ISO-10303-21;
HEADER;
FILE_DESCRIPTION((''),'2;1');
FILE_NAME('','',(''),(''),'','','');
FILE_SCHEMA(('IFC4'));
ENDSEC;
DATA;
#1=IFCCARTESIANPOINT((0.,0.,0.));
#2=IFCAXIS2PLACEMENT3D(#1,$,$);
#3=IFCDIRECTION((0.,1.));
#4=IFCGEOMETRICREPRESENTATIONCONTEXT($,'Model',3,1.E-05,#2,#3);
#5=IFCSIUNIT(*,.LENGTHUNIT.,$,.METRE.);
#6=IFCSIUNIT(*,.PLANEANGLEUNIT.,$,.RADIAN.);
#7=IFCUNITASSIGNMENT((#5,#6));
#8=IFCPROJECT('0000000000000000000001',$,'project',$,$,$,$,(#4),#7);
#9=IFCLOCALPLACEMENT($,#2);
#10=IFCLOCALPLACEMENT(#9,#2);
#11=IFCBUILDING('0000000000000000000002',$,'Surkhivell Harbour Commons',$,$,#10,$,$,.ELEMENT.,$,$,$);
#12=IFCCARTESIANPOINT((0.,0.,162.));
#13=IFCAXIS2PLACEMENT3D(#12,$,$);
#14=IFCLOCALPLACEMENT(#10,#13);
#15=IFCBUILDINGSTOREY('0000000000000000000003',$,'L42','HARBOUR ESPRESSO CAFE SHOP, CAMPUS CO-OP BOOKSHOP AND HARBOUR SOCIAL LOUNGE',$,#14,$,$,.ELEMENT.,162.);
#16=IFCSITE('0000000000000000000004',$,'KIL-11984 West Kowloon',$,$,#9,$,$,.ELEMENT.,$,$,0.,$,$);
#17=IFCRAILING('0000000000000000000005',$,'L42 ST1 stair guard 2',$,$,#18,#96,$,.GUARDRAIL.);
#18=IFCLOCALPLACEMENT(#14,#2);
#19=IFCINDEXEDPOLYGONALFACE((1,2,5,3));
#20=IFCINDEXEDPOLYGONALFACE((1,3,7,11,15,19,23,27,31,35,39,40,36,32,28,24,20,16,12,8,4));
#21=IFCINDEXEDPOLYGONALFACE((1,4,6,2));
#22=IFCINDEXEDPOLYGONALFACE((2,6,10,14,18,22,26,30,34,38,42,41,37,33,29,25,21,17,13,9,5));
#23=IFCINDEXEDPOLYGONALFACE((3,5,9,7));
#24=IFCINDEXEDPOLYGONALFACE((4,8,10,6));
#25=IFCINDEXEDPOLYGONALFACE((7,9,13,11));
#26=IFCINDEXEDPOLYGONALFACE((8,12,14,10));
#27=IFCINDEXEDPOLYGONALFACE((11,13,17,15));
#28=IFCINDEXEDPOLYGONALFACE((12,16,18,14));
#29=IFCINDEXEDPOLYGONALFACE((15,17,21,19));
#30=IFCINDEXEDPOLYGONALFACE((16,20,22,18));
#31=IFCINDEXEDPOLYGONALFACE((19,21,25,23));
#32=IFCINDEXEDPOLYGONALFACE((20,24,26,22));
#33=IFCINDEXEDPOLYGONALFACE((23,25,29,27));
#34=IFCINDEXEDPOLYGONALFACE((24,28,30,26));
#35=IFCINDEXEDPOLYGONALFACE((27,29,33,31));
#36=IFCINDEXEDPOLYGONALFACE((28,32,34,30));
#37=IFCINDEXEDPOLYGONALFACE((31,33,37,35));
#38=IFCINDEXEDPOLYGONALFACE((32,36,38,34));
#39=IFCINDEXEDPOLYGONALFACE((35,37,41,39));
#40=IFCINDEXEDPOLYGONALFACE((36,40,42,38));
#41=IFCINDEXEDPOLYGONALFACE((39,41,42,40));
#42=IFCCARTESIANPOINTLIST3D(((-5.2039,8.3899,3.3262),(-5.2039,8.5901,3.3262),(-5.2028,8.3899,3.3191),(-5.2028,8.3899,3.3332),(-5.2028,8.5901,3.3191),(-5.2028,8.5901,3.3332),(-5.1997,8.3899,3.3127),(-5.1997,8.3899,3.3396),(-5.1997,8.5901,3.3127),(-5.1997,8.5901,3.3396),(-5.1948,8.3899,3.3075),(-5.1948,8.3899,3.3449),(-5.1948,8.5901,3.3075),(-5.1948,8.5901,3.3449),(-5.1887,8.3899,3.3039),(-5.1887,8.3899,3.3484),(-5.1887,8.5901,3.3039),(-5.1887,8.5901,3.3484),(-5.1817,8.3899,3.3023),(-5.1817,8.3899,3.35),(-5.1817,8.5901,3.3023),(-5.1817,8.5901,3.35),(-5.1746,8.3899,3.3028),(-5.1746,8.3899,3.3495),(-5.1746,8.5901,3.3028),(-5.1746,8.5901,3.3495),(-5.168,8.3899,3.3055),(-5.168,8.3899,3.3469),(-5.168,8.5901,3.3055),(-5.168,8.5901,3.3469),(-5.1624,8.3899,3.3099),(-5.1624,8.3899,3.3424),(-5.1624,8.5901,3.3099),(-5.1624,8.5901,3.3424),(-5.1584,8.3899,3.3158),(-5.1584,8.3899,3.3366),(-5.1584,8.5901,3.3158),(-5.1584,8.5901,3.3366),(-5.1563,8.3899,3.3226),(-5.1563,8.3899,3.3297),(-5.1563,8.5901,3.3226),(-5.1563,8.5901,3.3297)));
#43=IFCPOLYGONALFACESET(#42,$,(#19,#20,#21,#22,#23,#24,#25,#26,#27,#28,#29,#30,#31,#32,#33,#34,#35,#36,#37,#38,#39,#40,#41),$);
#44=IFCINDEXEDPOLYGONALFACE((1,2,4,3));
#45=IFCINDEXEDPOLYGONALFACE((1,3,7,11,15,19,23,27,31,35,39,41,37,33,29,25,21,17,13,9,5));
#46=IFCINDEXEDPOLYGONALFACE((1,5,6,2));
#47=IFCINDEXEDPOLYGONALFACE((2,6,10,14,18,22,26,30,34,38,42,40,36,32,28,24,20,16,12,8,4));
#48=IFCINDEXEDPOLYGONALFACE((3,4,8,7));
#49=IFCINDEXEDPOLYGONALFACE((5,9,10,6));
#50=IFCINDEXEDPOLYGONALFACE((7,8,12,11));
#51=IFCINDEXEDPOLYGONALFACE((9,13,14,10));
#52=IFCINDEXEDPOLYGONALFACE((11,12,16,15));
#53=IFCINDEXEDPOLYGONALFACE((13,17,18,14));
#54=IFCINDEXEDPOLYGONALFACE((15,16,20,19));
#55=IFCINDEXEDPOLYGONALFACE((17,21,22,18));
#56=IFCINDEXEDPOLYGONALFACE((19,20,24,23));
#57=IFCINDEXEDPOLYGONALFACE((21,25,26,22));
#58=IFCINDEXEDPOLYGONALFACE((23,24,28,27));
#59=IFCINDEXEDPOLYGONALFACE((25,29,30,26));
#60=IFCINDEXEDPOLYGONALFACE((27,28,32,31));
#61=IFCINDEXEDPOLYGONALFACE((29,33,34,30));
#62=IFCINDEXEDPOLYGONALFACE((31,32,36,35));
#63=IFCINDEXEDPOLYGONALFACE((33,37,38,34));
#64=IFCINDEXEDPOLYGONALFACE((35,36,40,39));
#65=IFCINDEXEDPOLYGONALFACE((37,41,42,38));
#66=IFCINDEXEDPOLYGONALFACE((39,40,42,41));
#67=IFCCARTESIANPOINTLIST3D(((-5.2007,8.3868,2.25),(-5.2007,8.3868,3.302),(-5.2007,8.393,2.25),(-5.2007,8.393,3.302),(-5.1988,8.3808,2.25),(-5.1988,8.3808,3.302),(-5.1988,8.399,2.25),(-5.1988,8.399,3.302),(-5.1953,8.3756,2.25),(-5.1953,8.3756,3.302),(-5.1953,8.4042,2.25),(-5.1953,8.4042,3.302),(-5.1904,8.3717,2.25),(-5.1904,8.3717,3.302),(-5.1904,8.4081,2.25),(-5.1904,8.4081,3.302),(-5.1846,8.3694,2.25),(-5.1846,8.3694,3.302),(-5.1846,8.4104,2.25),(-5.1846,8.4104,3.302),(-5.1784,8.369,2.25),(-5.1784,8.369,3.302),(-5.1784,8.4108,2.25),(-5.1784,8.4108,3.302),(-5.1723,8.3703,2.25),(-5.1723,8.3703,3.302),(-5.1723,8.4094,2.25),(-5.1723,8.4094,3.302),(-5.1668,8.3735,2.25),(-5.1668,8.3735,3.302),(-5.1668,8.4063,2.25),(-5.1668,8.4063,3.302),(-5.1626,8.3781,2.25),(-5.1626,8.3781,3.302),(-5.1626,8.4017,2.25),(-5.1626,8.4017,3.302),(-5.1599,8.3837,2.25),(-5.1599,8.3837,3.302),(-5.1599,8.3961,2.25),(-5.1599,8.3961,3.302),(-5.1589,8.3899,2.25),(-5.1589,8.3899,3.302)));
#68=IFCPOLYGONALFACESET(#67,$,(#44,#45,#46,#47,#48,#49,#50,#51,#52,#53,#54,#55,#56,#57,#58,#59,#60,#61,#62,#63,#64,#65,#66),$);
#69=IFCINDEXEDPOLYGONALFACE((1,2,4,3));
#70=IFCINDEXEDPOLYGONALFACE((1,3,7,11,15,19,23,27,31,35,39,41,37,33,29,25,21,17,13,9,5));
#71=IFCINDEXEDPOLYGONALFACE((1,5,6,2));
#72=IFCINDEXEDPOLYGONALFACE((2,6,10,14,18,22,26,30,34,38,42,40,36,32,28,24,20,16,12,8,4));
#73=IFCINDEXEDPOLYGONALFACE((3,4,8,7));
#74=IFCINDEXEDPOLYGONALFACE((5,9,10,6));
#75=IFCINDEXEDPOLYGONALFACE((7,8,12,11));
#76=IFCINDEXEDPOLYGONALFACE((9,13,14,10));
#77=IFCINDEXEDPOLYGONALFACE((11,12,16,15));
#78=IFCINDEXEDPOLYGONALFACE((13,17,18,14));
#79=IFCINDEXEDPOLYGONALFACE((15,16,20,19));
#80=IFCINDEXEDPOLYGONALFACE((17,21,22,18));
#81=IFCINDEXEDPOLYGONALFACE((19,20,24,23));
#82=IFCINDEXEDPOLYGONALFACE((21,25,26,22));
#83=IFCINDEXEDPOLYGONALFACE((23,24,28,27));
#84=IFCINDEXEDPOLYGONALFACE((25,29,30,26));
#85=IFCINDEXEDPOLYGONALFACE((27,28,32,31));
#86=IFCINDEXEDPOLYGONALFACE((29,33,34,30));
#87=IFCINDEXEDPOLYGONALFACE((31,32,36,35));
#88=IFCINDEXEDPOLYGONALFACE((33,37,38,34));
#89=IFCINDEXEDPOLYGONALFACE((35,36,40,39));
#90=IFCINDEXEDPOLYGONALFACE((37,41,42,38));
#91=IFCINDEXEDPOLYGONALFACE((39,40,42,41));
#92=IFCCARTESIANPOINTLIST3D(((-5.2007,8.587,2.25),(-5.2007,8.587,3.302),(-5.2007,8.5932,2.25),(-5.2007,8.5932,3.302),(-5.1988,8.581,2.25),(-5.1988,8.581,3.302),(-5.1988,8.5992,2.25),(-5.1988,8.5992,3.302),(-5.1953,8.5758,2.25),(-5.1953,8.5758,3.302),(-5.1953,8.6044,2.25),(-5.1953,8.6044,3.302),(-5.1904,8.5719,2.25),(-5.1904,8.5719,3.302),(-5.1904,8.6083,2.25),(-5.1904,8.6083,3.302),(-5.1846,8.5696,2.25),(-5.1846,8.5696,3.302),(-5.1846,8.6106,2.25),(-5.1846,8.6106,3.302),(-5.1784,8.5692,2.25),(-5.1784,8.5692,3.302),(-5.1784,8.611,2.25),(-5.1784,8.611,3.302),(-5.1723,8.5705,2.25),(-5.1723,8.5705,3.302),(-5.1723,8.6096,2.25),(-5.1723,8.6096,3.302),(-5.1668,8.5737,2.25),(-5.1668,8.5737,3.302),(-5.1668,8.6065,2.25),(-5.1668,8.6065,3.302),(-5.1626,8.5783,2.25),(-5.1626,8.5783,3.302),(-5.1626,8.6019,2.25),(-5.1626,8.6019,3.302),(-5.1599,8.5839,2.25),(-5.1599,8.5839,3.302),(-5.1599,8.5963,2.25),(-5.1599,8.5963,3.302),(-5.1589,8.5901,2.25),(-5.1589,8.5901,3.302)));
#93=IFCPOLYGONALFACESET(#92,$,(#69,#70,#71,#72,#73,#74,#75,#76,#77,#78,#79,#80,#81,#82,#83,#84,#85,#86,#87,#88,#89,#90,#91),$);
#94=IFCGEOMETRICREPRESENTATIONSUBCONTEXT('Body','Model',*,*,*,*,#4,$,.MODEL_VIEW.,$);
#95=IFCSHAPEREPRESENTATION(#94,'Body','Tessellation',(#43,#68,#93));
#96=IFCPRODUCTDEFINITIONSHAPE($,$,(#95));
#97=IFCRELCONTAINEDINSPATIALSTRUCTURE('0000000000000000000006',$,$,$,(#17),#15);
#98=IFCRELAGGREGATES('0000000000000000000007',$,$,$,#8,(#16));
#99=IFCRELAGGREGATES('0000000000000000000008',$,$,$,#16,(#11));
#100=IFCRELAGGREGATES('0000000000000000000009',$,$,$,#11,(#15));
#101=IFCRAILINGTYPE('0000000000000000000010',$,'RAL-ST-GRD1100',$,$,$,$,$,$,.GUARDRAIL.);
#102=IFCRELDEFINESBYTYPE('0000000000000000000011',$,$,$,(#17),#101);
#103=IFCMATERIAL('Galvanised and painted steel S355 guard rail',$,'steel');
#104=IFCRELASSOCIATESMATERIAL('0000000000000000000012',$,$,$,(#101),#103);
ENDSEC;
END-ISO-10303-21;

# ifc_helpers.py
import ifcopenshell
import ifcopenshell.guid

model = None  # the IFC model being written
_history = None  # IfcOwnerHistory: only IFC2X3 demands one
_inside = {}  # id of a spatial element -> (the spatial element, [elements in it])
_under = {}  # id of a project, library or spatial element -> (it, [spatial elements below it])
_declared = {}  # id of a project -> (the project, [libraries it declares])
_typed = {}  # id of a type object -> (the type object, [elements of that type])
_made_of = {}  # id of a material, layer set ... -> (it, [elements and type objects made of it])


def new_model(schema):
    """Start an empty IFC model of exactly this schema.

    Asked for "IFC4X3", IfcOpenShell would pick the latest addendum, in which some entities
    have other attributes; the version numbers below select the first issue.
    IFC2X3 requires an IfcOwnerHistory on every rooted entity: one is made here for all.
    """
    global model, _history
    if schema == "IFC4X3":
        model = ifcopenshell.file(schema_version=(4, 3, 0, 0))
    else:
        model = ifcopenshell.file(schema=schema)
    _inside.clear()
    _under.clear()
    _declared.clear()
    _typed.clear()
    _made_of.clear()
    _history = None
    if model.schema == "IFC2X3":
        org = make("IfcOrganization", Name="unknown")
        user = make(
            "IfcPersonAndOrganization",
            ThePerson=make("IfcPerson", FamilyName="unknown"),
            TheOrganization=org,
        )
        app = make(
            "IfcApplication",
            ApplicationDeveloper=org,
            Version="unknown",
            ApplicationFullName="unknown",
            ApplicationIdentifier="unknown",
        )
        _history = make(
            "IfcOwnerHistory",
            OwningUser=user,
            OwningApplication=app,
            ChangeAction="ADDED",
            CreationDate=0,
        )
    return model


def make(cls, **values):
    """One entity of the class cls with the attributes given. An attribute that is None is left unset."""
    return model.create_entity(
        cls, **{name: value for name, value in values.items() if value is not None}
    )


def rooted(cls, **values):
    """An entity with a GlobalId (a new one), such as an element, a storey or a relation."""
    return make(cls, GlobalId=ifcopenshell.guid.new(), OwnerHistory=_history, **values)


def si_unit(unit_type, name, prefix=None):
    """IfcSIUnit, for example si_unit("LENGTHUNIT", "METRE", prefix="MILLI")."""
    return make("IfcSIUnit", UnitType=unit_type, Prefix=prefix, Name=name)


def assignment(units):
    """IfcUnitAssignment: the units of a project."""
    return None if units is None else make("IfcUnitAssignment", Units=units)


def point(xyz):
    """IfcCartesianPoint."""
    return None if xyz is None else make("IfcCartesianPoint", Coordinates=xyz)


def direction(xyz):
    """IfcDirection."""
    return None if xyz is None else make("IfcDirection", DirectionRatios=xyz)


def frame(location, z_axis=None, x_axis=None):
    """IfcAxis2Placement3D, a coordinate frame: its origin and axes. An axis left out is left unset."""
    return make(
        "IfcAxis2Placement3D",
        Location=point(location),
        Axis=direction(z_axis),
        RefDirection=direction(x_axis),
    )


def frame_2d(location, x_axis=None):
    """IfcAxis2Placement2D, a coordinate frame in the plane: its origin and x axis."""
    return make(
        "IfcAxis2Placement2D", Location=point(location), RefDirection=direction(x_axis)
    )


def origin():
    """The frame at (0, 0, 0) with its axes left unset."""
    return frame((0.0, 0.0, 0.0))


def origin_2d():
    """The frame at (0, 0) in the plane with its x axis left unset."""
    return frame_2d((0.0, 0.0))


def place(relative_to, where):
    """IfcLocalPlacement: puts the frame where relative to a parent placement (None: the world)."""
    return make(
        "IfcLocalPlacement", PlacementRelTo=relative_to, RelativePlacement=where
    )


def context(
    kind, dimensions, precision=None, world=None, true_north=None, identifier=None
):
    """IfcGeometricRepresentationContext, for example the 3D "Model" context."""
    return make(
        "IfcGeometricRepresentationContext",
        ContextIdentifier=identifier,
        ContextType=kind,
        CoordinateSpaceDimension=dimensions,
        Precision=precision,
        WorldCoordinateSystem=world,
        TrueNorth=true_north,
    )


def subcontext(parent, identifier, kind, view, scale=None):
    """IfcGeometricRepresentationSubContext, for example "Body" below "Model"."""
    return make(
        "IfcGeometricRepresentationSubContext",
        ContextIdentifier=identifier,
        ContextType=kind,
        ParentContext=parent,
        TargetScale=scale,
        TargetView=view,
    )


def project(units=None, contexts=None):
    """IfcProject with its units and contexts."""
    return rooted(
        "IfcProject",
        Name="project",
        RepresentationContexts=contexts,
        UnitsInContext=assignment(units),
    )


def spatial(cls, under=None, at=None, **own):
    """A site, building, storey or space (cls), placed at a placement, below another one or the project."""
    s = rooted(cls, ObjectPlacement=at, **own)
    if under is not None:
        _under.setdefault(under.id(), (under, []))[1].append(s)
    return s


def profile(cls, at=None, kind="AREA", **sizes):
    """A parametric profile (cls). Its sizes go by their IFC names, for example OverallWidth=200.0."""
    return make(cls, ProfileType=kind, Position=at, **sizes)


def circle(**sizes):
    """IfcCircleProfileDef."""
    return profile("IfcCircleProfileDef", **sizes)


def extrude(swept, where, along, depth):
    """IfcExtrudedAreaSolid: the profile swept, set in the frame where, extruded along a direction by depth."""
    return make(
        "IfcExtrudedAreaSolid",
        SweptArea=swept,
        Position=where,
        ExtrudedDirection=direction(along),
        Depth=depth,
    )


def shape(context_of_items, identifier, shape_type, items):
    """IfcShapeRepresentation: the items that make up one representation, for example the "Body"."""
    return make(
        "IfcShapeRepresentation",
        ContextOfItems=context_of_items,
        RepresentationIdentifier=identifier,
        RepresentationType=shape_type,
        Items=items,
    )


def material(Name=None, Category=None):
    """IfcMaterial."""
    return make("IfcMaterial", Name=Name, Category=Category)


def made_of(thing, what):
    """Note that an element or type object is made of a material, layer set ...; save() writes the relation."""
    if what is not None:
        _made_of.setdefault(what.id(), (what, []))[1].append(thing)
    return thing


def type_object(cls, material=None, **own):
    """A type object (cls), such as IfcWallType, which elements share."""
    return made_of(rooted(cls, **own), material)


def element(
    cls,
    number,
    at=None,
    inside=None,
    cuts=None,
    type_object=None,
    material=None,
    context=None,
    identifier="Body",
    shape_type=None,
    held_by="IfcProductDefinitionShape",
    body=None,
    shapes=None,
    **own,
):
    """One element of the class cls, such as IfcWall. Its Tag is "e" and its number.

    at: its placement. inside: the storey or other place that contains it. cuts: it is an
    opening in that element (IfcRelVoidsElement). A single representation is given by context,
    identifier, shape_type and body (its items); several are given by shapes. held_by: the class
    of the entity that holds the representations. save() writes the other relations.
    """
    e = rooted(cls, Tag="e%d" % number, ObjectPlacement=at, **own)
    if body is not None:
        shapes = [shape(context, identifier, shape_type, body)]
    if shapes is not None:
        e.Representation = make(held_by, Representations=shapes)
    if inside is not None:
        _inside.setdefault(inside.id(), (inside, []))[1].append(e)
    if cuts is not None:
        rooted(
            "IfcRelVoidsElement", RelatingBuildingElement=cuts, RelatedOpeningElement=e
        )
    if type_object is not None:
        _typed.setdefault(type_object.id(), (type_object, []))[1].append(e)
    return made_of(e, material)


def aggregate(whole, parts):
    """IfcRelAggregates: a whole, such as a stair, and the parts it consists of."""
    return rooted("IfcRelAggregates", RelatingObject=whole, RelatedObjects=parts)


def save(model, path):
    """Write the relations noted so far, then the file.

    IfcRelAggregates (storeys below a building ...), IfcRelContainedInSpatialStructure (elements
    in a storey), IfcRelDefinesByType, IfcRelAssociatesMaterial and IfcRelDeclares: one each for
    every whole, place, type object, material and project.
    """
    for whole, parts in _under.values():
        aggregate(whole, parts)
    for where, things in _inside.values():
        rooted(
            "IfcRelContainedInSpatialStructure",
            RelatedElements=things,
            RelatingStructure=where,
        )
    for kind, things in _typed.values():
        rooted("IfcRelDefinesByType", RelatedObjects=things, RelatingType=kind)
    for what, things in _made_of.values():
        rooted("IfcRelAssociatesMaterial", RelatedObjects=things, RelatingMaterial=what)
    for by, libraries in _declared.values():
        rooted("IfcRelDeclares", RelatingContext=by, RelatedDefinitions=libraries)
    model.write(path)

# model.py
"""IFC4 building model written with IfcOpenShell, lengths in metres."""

from ifc_helpers import new_model, si_unit, direction, frame, origin, origin_2d, place, context, subcontext, project, spatial, circle, extrude, material, type_object, element, save


model = new_model("IFC4")

# Units and contexts
model_context = context("Model", 3, precision=1e-05, world=origin(), true_north=direction((0.0, 1.0)))
body_context = subcontext(model_context, "Body", "Model", "MODEL_VIEW")
ifc_project = project(units=[si_unit("LENGTHUNIT", "METRE"), si_unit("PLANEANGLEUNIT", "RADIAN")], contexts=[model_context])

# Site, building, storey
site_placement = place(None, origin())
site = spatial("IfcSite", under=ifc_project, at=site_placement, Name="KIL-11984 West Kowloon", CompositionType="ELEMENT", RefElevation=0.0)
building_placement = place(site_placement, origin())
building = spatial("IfcBuilding", under=site, at=building_placement, Name="Surkhivell Harbour Commons", CompositionType="ELEMENT")
storey_placement = place(building_placement, frame((0.0, 0.0, 162.0)))
storey = spatial("IfcBuildingStorey", under=building, at=storey_placement, Name="L42", Description="HARBOUR ESPRESSO CAFE SHOP, CAMPUS CO-OP BOOKSHOP AND HARBOUR SOCIAL LOUNGE", CompositionType="ELEMENT", Elevation=162.0)

# Railing
ifc_material_1 = material(Name="Galvanised and painted steel S355 guard rail", Category="steel")
railing_type_1 = type_object("IfcRailingType", Name="RAL-ST-GRD1100", PredefinedType="GUARDRAIL", material=ifc_material_1)
railing_1_placement = place(storey_placement, frame((-5.1799, 8.3899, 2.25)))
element("IfcRailing", 1, at=railing_1_placement, inside=storey, type_object=railing_type_1, Name="L42 ST1 stair guard 2", PredefinedType="GUARDRAIL", context=body_context, shape_type="SweptSolid", body=[
    extrude(circle(Radius=0.0239, at=origin_2d()), frame((0.0, 0.0, 1.0762), z_axis=(0.0, 1.0, 0.0), x_axis=(-1.0, 0.0, 0.0)), (0.0, 0.0, 1.0), 0.2002),
    extrude(circle(Radius=0.021, at=origin_2d()), origin(), (0.0, 0.0, 1.0), 1.052),
    extrude(circle(Radius=0.021, at=origin_2d()), frame((0.0, 0.2002, 0.0)), (0.0, 0.0, 1.0), 1.052),
])

save(model, "model.ifc")
